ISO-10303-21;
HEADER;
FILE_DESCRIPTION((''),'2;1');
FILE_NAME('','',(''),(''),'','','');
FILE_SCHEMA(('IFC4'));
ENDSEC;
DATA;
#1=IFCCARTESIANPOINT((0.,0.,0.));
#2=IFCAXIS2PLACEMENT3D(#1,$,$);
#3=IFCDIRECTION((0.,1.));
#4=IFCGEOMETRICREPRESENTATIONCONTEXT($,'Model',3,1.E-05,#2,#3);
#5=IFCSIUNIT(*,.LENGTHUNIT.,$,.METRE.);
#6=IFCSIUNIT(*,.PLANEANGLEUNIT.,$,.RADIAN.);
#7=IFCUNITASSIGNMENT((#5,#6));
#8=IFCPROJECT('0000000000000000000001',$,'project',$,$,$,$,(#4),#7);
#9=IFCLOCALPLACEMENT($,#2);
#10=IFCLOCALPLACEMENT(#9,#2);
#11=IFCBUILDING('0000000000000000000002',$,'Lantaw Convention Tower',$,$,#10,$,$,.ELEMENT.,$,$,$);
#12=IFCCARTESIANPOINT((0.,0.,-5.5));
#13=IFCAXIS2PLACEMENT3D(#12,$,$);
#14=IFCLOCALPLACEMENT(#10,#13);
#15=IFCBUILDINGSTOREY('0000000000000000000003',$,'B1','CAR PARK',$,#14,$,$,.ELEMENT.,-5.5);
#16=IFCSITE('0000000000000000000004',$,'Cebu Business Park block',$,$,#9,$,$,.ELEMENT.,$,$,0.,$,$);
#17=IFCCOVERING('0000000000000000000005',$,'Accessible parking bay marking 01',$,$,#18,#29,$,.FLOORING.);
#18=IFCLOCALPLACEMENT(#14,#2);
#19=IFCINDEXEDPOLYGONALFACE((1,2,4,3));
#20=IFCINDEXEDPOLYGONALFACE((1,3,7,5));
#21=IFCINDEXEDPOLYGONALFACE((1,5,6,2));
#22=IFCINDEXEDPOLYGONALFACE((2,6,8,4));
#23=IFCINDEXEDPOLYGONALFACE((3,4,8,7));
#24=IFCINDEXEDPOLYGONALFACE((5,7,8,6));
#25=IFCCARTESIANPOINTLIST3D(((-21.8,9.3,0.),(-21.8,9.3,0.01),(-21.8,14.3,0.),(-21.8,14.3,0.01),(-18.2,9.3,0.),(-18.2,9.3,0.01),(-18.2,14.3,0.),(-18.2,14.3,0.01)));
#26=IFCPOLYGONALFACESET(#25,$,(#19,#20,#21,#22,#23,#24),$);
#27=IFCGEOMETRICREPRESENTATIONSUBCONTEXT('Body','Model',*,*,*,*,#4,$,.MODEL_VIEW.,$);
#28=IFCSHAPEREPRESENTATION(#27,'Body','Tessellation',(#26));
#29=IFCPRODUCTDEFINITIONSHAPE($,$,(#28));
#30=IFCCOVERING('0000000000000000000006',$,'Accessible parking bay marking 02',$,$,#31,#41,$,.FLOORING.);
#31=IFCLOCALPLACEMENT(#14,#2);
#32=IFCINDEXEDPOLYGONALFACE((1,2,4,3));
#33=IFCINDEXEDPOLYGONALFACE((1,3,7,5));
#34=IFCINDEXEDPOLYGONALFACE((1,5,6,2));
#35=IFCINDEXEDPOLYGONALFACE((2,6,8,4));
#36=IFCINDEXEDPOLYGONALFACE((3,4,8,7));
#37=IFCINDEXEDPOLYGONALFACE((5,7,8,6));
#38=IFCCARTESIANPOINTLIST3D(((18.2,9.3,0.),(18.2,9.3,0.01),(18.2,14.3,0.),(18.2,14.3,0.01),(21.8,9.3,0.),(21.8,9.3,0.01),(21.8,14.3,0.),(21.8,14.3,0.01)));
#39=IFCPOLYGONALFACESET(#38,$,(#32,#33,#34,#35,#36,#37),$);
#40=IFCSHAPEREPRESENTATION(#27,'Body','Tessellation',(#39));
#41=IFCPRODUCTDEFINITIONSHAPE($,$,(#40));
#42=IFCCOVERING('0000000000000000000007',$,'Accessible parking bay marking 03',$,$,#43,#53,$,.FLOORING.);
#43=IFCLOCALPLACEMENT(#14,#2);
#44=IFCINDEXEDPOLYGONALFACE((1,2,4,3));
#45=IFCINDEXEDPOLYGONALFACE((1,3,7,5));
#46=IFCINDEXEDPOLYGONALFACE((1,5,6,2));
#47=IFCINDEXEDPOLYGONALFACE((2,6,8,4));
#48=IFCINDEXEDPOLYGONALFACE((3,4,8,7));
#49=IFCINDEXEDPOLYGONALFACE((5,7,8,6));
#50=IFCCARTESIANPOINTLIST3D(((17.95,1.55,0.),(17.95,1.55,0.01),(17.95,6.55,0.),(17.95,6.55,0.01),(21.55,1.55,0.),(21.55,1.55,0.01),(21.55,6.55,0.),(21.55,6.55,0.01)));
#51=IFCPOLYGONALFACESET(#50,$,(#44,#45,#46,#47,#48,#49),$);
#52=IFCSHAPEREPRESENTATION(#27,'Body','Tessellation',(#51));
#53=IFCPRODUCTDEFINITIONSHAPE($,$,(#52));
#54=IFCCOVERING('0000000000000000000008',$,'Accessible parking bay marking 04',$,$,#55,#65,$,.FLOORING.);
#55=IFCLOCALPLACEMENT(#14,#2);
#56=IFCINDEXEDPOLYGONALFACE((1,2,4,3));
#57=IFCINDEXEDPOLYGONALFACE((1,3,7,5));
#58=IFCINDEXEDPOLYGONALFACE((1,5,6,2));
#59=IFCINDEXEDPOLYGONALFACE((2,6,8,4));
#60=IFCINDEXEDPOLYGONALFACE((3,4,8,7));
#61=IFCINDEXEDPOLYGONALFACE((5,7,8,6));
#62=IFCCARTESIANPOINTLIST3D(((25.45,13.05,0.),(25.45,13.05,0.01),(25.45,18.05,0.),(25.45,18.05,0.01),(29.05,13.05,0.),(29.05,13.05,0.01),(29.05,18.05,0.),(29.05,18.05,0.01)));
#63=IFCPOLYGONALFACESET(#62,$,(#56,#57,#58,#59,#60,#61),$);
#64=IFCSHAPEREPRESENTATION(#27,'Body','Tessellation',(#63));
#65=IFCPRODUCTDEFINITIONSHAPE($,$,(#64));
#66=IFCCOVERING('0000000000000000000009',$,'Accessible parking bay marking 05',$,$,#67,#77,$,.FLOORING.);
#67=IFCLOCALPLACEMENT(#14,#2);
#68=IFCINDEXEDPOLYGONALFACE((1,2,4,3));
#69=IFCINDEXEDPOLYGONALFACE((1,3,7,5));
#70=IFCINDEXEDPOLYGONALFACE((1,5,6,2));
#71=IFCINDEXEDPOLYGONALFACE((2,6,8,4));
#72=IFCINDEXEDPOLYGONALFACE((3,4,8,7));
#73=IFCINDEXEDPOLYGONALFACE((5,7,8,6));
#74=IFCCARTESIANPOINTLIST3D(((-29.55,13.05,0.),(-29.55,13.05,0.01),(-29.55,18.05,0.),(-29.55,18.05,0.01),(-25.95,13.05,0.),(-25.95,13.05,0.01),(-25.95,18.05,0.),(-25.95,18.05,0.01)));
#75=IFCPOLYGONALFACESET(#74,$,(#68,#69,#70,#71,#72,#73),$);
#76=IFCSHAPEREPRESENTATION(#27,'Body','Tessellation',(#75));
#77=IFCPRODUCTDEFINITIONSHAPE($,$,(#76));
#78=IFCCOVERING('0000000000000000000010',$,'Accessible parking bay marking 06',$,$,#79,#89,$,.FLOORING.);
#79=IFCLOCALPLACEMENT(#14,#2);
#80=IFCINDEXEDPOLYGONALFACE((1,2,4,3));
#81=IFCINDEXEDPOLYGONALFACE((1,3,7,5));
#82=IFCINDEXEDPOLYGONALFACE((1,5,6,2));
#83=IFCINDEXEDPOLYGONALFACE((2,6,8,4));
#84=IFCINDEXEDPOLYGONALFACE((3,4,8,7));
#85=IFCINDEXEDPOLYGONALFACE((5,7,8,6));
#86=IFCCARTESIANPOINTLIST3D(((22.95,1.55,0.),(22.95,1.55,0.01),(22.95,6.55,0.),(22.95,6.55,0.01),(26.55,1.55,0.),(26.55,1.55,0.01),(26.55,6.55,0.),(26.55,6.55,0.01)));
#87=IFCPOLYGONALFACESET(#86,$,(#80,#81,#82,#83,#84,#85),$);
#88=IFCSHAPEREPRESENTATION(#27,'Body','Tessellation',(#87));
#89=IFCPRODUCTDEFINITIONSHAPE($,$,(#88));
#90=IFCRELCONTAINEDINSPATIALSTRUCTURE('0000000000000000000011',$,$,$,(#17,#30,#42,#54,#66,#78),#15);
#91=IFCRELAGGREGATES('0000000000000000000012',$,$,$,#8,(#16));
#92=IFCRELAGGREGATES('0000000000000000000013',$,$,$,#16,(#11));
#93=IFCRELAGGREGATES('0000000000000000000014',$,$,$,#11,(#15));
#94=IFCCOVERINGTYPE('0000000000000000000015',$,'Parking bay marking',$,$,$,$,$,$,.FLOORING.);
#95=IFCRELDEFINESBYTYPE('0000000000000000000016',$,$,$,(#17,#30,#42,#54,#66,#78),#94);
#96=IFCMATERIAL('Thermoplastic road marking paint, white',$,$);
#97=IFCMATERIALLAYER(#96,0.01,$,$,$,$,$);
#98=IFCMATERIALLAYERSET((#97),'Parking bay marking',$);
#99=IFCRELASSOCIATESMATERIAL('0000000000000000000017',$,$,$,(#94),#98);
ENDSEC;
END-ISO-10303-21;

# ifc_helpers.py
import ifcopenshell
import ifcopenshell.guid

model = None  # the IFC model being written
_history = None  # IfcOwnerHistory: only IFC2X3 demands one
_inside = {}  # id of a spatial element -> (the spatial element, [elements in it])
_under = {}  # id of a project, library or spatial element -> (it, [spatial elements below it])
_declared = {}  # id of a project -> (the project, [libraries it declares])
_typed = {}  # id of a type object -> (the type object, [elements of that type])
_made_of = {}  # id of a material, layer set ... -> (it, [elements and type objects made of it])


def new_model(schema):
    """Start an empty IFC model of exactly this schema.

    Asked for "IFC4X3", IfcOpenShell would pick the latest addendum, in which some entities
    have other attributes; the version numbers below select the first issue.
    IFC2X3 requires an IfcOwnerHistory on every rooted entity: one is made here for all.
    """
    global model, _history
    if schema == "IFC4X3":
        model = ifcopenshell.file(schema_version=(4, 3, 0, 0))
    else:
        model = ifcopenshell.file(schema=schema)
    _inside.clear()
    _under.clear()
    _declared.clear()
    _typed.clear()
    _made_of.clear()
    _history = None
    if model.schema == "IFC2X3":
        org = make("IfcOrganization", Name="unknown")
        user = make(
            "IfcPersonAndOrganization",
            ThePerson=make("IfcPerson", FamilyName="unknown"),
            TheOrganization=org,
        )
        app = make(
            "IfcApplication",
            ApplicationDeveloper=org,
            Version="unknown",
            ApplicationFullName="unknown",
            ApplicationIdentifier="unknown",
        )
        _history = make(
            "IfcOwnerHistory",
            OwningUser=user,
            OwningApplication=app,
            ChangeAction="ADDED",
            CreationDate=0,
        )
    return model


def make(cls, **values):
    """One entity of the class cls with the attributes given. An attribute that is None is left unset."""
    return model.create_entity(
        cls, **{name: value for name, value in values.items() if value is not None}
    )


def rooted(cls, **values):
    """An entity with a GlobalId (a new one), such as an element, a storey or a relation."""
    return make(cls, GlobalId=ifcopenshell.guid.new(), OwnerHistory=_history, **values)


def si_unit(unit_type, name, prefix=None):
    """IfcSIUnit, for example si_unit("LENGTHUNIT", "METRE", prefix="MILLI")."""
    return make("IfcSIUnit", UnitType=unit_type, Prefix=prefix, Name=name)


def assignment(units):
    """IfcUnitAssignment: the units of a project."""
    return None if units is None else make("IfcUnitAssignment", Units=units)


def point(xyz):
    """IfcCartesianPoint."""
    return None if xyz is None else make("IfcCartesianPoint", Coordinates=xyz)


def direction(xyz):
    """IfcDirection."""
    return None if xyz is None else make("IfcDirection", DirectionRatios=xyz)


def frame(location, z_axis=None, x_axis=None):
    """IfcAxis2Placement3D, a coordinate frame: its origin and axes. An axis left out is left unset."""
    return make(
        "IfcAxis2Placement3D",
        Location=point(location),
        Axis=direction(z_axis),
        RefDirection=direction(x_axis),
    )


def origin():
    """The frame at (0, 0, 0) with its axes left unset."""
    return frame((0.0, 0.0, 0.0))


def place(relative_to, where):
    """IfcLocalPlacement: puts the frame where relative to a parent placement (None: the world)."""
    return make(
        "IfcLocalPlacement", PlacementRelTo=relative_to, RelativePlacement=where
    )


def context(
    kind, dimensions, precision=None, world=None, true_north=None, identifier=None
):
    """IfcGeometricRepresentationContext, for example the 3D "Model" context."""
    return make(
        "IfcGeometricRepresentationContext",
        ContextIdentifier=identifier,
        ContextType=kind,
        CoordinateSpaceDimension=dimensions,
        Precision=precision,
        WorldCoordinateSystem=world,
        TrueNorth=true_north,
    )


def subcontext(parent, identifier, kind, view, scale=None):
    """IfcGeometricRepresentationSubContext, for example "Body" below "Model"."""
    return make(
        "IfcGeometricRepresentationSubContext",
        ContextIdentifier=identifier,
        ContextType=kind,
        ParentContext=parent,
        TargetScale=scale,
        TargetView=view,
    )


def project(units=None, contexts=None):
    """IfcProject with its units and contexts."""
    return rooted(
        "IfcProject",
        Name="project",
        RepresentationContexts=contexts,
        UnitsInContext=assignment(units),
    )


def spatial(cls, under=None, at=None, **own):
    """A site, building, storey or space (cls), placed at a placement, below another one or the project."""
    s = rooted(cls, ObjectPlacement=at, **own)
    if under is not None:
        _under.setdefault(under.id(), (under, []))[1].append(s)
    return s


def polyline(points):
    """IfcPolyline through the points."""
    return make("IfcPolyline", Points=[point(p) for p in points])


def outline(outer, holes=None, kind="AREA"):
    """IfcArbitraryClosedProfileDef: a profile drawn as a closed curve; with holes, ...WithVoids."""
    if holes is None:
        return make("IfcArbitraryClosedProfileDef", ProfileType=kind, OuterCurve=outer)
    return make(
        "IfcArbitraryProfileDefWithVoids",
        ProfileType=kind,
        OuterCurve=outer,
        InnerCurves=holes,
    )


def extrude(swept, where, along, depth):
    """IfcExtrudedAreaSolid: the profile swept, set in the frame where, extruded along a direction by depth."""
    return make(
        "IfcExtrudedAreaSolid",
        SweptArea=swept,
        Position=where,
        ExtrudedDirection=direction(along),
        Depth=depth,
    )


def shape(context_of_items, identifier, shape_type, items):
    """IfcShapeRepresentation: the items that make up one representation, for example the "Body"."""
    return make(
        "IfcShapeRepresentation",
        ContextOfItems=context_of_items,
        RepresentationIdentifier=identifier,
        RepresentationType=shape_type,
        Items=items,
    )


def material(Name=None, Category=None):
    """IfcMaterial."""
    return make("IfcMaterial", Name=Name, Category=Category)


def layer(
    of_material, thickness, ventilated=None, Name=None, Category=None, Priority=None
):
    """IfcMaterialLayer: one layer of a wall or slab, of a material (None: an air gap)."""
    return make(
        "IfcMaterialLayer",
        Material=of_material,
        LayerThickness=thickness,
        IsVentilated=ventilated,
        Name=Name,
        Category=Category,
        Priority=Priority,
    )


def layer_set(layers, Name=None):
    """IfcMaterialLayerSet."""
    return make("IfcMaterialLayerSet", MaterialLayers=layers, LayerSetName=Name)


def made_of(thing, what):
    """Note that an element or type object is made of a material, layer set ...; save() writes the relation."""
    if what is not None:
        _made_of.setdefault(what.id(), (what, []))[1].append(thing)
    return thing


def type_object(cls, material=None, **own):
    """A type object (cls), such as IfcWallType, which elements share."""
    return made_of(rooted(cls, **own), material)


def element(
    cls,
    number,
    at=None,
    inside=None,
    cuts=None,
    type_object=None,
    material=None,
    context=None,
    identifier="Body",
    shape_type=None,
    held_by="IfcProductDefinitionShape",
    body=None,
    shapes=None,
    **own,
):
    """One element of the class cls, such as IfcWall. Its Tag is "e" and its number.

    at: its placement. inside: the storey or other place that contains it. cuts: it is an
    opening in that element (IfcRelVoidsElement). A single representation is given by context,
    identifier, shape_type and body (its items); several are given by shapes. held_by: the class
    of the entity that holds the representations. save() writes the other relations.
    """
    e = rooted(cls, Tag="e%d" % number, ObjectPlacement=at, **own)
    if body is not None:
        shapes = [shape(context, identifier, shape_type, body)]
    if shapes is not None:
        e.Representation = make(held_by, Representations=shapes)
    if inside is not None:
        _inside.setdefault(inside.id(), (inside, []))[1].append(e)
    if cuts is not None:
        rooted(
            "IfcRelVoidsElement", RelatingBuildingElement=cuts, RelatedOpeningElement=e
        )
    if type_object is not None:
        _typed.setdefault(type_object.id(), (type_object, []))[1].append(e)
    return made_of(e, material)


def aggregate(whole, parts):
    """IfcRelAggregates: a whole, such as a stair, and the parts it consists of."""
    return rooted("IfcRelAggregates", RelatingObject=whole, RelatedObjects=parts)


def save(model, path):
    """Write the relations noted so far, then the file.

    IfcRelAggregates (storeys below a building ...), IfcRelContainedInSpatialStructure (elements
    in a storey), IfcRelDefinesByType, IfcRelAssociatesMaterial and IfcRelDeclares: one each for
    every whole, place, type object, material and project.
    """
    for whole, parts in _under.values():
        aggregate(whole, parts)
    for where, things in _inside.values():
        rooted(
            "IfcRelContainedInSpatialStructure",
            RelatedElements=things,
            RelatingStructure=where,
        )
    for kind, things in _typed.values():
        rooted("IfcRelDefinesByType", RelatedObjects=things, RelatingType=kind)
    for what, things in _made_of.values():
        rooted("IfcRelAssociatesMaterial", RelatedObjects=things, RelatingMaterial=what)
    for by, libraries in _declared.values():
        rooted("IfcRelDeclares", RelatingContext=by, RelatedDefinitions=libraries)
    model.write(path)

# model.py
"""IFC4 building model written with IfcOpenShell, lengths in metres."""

from ifc_helpers import new_model, si_unit, direction, frame, origin, place, context, subcontext, project, spatial, polyline, outline, extrude, material, layer, layer_set, type_object, element, save


model = new_model("IFC4")

# Units and contexts
model_context = context("Model", 3, precision=1e-05, world=origin(), true_north=direction((0.0, 1.0)))
body_context = subcontext(model_context, "Body", "Model", "MODEL_VIEW")
ifc_project = project(units=[si_unit("LENGTHUNIT", "METRE"), si_unit("PLANEANGLEUNIT", "RADIAN")], contexts=[model_context])

# Site, building, storey
site_placement = place(None, origin())
site = spatial("IfcSite", under=ifc_project, at=site_placement, Name="Cebu Business Park block", CompositionType="ELEMENT", RefElevation=0.0)
building_placement = place(site_placement, origin())
building = spatial("IfcBuilding", under=site, at=building_placement, Name="Lantaw Convention Tower", CompositionType="ELEMENT")
storey_placement = place(building_placement, frame((0.0, 0.0, -5.5)))
storey = spatial("IfcBuildingStorey", under=building, at=storey_placement, Name="B1", Description="CAR PARK", CompositionType="ELEMENT", Elevation=-5.5)

# Coverings
ifc_material_1 = material(Name="Thermoplastic road marking paint, white")
ifc_layer_1 = layer(ifc_material_1, 0.01)
ifc_layer_set_1 = layer_set([ifc_layer_1], Name="Parking bay marking")
covering_type = type_object("IfcCoveringType", Name="Parking bay marking", PredefinedType="FLOORING", material=ifc_layer_set_1)
covering_1_placement = place(storey_placement, origin())
element("IfcCovering", 1, at=covering_1_placement, inside=storey, type_object=covering_type, Name="Accessible parking bay marking 01", PredefinedType="FLOORING", context=body_context, shape_type="SweptSolid", body=[
    extrude(outline(polyline([(-21.8, 9.3), (-18.2, 9.3), (-18.2, 14.3), (-21.8, 14.3), (-21.8, 9.3)])), origin(), (0.0, 0.0, 1.0), 0.01),
])
covering_2_placement = place(storey_placement, origin())
element("IfcCovering", 2, at=covering_2_placement, inside=storey, type_object=covering_type, Name="Accessible parking bay marking 02", PredefinedType="FLOORING", context=body_context, shape_type="SweptSolid", body=[
    extrude(outline(polyline([(18.2, 9.3), (21.8, 9.3), (21.8, 14.3), (18.2, 14.3), (18.2, 9.3)])), origin(), (0.0, 0.0, 1.0), 0.01),
])
covering_3_placement = place(storey_placement, origin())
element("IfcCovering", 3, at=covering_3_placement, inside=storey, type_object=covering_type, Name="Accessible parking bay marking 03", PredefinedType="FLOORING", context=body_context, shape_type="SweptSolid", body=[
    extrude(outline(polyline([(17.95, 1.55), (21.55, 1.55), (21.55, 6.55), (17.95, 6.55), (17.95, 1.55)])), origin(), (0.0, 0.0, 1.0), 0.01),
])
covering_4_placement = place(storey_placement, origin())
element("IfcCovering", 4, at=covering_4_placement, inside=storey, type_object=covering_type, Name="Accessible parking bay marking 04", PredefinedType="FLOORING", context=body_context, shape_type="SweptSolid", body=[
    extrude(outline(polyline([(25.45, 13.05), (29.05, 13.05), (29.05, 18.05), (25.45, 18.05), (25.45, 13.05)])), origin(), (0.0, 0.0, 1.0), 0.01),
])
covering_5_placement = place(storey_placement, origin())
element("IfcCovering", 5, at=covering_5_placement, inside=storey, type_object=covering_type, Name="Accessible parking bay marking 05", PredefinedType="FLOORING", context=body_context, shape_type="SweptSolid", body=[
    extrude(outline(polyline([(-29.55, 13.05), (-25.95, 13.05), (-25.95, 18.05), (-29.55, 18.05), (-29.55, 13.05)])), origin(), (0.0, 0.0, 1.0), 0.01),
])
covering_6_placement = place(storey_placement, origin())
element("IfcCovering", 6, at=covering_6_placement, inside=storey, type_object=covering_type, Name="Accessible parking bay marking 06", PredefinedType="FLOORING", context=body_context, shape_type="SweptSolid", body=[
    extrude(outline(polyline([(22.95, 1.55), (26.55, 1.55), (26.55, 6.55), (22.95, 6.55), (22.95, 1.55)])), origin(), (0.0, 0.0, 1.0), 0.01),
])

save(model, "model.ifc")
